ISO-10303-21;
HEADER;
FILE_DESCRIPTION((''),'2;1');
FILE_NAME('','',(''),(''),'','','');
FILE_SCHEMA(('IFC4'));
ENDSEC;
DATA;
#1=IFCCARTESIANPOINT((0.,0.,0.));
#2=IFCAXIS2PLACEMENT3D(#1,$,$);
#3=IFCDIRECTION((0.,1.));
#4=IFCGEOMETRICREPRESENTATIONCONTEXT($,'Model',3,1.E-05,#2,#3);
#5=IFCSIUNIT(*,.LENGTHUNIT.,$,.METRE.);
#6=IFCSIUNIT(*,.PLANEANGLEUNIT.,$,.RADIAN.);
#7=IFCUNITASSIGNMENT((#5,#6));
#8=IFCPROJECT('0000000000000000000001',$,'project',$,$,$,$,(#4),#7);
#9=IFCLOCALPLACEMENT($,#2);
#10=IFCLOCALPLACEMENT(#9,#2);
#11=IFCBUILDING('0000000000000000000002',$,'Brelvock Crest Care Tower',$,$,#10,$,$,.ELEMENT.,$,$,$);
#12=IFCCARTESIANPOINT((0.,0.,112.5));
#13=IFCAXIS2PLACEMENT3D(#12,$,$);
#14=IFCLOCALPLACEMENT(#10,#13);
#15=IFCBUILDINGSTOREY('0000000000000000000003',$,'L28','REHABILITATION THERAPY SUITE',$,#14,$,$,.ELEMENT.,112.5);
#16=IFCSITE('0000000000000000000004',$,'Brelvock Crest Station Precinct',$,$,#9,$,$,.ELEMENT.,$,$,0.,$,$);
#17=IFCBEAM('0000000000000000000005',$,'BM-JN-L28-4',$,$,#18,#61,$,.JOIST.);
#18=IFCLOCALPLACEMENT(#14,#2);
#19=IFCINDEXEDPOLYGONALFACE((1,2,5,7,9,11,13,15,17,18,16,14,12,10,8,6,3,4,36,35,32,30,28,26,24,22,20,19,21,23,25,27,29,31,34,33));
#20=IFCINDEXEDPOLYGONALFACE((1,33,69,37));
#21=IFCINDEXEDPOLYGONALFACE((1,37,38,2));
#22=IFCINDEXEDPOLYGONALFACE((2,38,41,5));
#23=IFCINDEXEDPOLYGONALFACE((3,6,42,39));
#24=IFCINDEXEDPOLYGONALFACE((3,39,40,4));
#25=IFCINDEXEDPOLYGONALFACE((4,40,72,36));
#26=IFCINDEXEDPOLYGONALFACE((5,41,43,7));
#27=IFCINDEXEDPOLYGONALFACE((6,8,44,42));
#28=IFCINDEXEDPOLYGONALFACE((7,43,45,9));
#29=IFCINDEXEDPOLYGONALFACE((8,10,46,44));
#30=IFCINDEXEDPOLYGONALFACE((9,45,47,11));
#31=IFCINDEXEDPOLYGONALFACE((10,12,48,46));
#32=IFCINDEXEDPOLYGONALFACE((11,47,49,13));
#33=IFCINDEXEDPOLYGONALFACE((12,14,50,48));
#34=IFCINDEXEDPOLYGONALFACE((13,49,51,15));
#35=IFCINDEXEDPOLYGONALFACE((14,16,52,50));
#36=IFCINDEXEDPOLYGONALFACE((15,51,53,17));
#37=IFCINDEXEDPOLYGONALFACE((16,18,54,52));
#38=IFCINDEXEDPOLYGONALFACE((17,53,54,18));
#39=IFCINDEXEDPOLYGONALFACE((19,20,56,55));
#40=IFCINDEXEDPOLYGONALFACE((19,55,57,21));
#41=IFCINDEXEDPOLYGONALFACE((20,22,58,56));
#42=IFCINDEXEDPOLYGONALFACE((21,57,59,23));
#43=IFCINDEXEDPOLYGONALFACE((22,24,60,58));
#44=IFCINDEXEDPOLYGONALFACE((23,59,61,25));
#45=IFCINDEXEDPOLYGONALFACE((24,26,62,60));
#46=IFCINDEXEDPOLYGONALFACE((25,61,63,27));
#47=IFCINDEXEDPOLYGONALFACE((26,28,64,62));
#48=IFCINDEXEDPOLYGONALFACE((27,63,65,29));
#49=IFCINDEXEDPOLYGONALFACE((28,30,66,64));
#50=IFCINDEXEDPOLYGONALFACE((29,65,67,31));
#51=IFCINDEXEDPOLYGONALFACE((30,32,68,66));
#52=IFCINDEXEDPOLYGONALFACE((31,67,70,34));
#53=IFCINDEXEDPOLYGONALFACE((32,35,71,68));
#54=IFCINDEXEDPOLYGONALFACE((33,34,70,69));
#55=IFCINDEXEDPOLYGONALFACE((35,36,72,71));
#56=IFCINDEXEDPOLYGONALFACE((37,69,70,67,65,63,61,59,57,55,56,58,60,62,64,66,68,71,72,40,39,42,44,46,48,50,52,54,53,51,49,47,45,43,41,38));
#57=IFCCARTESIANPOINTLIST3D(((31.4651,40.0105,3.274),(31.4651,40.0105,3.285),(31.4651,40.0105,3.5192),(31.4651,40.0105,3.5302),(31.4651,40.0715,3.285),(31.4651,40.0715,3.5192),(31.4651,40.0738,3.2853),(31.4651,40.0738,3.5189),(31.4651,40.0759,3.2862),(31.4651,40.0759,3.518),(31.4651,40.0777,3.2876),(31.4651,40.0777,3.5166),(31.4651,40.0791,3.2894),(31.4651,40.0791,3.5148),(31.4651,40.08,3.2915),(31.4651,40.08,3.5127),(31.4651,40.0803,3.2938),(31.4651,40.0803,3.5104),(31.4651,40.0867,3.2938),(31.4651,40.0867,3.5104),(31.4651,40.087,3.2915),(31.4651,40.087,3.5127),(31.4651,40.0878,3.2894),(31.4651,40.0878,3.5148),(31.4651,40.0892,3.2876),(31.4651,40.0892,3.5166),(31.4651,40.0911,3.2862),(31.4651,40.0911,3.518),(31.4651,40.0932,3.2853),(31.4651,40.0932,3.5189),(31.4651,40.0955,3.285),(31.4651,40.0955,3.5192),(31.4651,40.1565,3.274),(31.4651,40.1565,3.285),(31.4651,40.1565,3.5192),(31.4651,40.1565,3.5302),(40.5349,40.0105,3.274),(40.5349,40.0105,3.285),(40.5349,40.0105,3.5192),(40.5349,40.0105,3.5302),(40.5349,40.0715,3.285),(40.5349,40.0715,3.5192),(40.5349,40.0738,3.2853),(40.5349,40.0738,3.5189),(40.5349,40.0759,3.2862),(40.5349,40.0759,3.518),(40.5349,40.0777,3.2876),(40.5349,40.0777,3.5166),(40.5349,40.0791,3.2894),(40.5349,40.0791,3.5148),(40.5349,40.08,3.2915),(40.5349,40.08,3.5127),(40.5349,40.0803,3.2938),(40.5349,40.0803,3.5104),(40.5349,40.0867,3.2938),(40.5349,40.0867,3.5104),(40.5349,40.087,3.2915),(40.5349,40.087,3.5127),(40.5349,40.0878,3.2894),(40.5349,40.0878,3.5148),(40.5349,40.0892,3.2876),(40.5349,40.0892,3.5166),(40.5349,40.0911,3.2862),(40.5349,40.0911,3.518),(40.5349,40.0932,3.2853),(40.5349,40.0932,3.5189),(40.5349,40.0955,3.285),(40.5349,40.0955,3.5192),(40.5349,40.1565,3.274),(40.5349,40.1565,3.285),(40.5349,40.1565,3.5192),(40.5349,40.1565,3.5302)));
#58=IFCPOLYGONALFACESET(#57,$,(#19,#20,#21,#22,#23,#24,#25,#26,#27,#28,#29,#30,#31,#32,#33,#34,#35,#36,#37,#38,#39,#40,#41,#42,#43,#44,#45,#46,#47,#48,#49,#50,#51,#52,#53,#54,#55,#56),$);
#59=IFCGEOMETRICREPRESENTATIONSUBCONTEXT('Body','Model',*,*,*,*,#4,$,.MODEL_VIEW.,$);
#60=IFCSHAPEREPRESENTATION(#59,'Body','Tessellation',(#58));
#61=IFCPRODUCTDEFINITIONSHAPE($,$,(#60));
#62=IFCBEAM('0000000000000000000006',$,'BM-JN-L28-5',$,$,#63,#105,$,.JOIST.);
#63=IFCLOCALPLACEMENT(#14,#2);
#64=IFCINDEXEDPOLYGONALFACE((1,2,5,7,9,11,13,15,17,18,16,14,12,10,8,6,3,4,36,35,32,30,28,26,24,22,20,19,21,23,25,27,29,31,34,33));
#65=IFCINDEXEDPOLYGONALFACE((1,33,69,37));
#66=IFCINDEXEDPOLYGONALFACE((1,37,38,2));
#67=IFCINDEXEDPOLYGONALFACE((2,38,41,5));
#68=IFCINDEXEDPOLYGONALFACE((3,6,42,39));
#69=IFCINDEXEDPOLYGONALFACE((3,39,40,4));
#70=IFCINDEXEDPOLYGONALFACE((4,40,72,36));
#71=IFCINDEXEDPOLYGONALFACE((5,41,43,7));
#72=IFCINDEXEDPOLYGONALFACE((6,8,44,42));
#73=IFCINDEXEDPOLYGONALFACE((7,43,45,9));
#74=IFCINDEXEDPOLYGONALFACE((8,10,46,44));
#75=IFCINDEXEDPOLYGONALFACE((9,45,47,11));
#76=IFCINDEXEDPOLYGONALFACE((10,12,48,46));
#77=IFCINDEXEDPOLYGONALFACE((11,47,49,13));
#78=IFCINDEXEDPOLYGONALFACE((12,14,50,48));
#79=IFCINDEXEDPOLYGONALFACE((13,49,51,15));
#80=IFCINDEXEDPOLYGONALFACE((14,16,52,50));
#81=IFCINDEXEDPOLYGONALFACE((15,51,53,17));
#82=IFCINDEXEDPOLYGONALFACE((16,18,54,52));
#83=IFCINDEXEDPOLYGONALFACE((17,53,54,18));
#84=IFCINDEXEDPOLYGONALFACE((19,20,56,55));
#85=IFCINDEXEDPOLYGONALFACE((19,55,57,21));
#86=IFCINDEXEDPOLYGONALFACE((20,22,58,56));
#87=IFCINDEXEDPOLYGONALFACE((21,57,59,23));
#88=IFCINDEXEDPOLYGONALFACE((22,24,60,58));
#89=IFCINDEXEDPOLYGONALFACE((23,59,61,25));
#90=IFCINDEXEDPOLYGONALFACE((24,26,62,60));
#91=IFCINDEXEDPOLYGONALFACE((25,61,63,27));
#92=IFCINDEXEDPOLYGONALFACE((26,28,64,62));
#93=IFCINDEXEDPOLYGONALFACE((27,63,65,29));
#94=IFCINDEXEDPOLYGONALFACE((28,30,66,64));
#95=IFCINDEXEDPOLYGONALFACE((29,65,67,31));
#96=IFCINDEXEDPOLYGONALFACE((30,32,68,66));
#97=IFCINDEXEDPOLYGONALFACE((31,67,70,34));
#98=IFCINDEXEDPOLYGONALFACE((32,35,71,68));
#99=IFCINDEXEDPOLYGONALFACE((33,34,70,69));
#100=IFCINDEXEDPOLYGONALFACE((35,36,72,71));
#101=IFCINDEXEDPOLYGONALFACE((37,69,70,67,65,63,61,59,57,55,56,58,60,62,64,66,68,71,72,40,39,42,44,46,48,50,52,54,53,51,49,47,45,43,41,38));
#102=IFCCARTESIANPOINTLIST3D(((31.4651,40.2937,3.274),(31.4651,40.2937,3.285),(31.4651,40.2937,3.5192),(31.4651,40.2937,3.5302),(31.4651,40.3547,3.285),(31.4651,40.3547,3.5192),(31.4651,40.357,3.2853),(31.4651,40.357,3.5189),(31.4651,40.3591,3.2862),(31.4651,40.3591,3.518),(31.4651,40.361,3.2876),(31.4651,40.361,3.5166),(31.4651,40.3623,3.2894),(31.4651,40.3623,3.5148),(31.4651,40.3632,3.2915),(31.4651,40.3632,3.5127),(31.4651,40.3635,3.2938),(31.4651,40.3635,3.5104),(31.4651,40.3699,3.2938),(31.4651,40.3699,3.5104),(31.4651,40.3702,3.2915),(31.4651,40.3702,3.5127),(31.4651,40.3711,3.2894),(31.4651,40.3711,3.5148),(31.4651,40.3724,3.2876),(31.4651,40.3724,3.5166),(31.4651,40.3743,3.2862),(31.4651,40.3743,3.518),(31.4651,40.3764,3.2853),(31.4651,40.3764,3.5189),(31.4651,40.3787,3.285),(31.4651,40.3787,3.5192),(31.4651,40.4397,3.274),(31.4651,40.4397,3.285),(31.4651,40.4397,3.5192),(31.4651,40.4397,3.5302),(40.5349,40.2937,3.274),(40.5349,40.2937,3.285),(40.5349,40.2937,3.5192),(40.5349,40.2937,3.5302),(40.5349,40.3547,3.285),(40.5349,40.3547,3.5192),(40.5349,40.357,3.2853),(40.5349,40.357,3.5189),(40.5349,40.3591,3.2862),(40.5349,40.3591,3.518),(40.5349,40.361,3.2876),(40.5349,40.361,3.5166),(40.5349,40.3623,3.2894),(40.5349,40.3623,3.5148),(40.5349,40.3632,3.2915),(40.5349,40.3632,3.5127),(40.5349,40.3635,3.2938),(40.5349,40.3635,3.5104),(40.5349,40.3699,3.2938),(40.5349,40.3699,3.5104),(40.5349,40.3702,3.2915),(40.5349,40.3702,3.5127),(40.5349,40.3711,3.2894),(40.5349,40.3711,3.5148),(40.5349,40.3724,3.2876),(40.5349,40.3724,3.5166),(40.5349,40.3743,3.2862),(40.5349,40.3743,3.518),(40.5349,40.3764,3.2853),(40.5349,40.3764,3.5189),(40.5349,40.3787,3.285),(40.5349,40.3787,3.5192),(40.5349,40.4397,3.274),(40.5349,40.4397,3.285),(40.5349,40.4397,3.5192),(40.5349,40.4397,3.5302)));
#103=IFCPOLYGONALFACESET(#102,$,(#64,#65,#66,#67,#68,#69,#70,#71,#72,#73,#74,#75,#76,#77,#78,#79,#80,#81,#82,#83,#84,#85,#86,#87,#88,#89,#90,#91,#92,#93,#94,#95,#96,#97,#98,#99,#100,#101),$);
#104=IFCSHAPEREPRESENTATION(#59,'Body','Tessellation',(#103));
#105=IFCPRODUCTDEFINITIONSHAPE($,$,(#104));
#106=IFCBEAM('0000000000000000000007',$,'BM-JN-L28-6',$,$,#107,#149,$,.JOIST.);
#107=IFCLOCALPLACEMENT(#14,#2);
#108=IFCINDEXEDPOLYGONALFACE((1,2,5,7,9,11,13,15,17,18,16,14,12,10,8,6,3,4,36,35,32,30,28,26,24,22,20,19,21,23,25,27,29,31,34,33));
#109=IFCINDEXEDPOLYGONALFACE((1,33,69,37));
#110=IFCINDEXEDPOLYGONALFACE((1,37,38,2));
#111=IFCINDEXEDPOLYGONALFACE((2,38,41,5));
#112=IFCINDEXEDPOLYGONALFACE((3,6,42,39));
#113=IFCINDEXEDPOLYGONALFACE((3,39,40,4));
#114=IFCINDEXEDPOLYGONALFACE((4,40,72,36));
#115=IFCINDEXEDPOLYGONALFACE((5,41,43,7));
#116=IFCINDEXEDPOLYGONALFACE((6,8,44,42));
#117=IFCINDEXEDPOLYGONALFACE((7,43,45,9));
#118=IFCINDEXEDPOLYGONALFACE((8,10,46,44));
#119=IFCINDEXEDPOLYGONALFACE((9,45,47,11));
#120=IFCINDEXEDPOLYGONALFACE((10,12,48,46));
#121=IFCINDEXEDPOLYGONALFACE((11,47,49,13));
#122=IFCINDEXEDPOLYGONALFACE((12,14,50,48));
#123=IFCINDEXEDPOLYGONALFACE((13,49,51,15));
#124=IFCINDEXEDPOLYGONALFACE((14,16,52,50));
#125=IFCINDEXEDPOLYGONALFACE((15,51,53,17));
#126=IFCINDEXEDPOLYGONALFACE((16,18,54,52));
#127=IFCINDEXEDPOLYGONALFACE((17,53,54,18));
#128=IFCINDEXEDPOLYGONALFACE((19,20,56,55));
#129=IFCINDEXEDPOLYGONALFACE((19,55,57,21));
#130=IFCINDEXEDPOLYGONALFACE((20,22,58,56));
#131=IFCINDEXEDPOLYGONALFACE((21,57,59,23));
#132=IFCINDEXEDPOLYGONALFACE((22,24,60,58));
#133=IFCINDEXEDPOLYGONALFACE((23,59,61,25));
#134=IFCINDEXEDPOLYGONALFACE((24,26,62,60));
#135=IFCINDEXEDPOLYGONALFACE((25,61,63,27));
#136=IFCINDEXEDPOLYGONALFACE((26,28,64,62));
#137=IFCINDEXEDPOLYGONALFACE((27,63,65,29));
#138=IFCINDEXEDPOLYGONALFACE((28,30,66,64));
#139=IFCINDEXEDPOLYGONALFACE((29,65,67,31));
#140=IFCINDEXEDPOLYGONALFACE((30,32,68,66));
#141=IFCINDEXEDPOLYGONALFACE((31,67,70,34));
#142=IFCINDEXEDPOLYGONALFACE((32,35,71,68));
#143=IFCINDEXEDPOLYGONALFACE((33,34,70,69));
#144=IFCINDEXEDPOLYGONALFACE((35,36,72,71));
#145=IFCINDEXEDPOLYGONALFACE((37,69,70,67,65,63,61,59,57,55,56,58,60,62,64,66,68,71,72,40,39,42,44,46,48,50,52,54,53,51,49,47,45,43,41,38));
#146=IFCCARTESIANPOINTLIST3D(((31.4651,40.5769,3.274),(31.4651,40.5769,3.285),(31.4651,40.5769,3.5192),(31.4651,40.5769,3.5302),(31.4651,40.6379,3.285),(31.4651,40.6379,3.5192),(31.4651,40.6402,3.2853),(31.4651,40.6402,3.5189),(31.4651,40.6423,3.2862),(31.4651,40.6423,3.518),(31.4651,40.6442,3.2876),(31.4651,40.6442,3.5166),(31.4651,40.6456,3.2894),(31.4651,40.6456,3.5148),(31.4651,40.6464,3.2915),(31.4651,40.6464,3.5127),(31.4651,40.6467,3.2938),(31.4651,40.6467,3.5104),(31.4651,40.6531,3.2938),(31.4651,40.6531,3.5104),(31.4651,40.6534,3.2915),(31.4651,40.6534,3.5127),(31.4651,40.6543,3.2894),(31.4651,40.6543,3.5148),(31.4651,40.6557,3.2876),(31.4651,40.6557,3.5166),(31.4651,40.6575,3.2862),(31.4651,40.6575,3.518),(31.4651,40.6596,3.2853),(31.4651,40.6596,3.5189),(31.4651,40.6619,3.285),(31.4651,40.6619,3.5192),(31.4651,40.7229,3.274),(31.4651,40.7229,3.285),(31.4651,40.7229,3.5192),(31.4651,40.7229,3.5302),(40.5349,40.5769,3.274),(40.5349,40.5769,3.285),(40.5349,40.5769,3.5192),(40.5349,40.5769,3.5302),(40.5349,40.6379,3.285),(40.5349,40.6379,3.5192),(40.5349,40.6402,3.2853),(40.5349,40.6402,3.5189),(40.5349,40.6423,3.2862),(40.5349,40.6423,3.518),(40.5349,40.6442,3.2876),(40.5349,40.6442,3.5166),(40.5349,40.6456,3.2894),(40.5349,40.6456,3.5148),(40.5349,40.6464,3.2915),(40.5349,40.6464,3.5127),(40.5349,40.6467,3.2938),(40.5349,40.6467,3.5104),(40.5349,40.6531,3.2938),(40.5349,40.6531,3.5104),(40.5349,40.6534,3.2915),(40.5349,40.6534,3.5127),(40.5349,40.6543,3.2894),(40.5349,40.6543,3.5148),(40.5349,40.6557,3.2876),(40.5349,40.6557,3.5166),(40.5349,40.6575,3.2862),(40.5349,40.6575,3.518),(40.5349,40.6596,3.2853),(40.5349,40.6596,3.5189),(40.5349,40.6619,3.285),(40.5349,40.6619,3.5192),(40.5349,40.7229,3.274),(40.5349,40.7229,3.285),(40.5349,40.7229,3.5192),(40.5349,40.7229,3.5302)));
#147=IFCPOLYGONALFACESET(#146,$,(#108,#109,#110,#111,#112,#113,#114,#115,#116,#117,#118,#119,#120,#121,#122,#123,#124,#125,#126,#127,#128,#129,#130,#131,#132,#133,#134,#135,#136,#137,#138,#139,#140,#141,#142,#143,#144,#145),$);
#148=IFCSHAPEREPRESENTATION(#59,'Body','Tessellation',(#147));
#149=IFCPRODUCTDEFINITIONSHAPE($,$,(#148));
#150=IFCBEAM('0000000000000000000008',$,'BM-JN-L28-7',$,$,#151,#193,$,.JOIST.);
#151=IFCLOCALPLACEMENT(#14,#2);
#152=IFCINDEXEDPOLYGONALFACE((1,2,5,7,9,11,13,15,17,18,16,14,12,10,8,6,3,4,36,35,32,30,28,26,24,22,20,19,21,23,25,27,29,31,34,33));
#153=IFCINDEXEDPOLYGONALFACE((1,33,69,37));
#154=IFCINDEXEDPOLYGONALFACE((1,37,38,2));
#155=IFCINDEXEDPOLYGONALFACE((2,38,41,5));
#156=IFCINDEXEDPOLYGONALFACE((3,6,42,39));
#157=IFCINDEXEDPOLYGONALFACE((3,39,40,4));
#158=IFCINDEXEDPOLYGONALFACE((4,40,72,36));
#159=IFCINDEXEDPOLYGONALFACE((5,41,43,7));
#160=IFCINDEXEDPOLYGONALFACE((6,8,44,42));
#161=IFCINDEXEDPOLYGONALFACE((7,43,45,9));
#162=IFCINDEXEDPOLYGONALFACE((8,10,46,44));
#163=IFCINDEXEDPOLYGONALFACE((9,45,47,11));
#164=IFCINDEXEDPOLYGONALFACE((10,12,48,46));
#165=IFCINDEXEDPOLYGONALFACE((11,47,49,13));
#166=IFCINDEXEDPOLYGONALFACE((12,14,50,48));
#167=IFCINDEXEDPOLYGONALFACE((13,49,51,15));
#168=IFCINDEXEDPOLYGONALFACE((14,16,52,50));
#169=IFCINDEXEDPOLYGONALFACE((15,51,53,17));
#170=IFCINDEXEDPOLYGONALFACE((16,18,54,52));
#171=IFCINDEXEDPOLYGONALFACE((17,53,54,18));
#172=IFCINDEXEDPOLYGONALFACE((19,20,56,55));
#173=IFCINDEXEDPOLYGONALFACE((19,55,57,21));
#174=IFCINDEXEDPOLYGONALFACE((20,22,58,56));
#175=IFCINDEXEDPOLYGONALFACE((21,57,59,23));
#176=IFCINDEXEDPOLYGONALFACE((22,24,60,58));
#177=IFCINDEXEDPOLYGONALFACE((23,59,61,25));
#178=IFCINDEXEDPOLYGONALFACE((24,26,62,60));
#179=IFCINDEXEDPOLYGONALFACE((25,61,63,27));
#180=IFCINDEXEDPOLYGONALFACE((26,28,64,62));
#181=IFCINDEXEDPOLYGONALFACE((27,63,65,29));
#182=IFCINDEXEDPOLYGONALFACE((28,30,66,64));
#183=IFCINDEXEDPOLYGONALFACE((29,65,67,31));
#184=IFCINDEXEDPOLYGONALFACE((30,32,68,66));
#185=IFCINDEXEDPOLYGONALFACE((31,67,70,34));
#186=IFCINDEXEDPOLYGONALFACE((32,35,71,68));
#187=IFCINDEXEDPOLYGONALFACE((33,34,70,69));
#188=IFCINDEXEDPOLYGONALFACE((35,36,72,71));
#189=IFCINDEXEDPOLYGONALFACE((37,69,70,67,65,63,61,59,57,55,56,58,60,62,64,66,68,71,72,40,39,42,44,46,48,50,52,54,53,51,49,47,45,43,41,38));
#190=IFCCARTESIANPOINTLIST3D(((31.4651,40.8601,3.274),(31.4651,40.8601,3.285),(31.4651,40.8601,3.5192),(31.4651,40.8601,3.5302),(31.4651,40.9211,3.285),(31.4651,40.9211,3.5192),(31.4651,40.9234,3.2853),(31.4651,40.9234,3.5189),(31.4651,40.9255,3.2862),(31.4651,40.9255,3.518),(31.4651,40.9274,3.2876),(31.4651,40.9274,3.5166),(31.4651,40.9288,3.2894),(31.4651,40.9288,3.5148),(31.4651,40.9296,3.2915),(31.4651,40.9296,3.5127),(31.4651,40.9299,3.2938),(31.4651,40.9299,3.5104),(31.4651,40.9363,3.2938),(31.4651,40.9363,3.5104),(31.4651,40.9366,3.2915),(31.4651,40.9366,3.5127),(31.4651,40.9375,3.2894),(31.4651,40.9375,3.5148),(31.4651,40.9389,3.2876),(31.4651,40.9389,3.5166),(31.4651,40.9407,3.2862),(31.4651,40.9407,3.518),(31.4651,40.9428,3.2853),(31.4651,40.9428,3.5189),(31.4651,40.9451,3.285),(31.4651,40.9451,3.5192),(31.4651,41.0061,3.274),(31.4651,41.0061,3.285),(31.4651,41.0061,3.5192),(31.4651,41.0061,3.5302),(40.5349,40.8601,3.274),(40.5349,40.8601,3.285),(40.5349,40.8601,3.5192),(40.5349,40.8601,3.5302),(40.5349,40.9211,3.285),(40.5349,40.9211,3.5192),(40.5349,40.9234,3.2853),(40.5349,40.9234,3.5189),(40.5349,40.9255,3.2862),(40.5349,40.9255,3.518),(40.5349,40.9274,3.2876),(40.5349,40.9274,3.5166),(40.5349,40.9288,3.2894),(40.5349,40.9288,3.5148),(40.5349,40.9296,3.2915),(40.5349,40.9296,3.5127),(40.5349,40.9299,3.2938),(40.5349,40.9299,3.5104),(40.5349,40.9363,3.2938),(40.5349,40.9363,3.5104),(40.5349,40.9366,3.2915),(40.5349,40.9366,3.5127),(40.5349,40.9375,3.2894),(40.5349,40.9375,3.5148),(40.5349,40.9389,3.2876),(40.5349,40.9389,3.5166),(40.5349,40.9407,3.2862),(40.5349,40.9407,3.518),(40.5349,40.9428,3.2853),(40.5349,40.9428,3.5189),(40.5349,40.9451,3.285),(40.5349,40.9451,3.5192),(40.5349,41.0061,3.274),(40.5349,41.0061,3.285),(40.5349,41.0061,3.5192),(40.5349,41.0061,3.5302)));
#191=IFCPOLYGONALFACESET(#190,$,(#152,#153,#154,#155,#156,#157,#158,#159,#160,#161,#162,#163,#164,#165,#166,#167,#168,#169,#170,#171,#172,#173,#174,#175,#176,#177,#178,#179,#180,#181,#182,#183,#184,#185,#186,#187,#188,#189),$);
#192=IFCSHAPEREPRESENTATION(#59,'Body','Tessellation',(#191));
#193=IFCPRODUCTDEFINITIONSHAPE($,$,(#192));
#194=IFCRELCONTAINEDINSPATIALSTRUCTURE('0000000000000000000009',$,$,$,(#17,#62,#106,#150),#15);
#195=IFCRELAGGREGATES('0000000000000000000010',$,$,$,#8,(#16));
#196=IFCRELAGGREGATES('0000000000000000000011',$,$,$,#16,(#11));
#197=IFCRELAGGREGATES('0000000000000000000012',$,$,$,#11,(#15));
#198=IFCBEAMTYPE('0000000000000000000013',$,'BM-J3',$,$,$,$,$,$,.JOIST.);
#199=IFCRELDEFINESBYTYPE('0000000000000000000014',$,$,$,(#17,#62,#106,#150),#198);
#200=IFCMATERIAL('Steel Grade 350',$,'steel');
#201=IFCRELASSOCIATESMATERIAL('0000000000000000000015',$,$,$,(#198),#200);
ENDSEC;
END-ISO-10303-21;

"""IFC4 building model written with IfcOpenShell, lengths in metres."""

from ifc_helpers import new_model, si_unit, direction, frame, origin, origin_2d, place, context, subcontext, project, spatial, i_section, extrude, source, transform, mapped, material, material_profile, profile_set, type_object, element, save


model = new_model("IFC4")

# Units and contexts
model_context = context("Model", 3, precision=1e-05, world=origin(), true_north=direction((0.0, 1.0)))
body_context = subcontext(model_context, "Body", "Model", "MODEL_VIEW")
ifc_project = project(units=[si_unit("LENGTHUNIT", "METRE"), si_unit("PLANEANGLEUNIT", "RADIAN")], contexts=[model_context])

# Site, building, storey
site_placement = place(None, origin())
site = spatial("IfcSite", under=ifc_project, at=site_placement, Name="Brelvock Crest Station Precinct", CompositionType="ELEMENT", RefElevation=0.0)
building_placement = place(site_placement, origin())
building = spatial("IfcBuilding", under=site, at=building_placement, Name="Brelvock Crest Care Tower", CompositionType="ELEMENT")
storey_placement = place(building_placement, frame((0.0, 0.0, 112.5)))
storey = spatial("IfcBuildingStorey", under=building, at=storey_placement, Name="L28", Description="REHABILITATION THERAPY SUITE", CompositionType="ELEMENT", Elevation=112.5)

# Shared definitions
ifc_material_1 = material(Name="Steel Grade 350", Category="steel")

# Beams
ifc_material_profile_1 = material_profile(ifc_material_1, i_section(OverallWidth=0.146, OverallDepth=0.2561, WebThickness=0.0063, FlangeThickness=0.011, FilletRadius=0.0088, at=origin_2d()), Name="250UB37.3")
ifc_profile_set_1 = profile_set([ifc_material_profile_1], Name="Steel Grade 350")
beam_type_1 = type_object("IfcBeamType", Name="BM-J3", PredefinedType="JOIST", material=ifc_profile_set_1)
shared_shape_1 = source(origin(), body_context, "Body", "SweptSolid", [
    extrude(i_section(OverallWidth=0.146, OverallDepth=0.2561, WebThickness=0.0063, FlangeThickness=0.011, FilletRadius=0.0088, at=origin_2d()), origin(), (0.0, 0.0, 1.0), 9.0698),
])
for number, where, z_axis, x_axis, name in (
    (1, (31.4651, 40.0835, 3.4021), (1.0, 0.0, 0.0), (0.0, 1.0, 0.0), "BM-JN-L28-4"),
    (2, (31.4651, 40.3667, 3.4021), (1.0, 0.0, 0.0), (0.0, 1.0, 0.0), "BM-JN-L28-5"),
    (3, (31.4651, 40.6499, 3.4021), (1.0, 0.0, 0.0), (0.0, 1.0, 0.0), "BM-JN-L28-6"),
    (4, (31.4651, 40.9331, 3.4021), (1.0, 0.0, 0.0), (0.0, 1.0, 0.0), "BM-JN-L28-7"),
):
    element("IfcBeam", number, at=place(storey_placement, frame(where, z_axis=z_axis, x_axis=x_axis)), inside=storey, type_object=beam_type_1, Name=name, PredefinedType="JOIST", context=body_context, shape_type="MappedRepresentation", body=[
        mapped(shared_shape_1, transform((0.0, 0.0, 0.0), x_axis=(1.0, 0.0, 0.0), y_axis=(0.0, 1.0, 0.0), z_axis=(0.0, 0.0, 1.0), scale=1.0)),
    ])

save(model, "model.ifc")
